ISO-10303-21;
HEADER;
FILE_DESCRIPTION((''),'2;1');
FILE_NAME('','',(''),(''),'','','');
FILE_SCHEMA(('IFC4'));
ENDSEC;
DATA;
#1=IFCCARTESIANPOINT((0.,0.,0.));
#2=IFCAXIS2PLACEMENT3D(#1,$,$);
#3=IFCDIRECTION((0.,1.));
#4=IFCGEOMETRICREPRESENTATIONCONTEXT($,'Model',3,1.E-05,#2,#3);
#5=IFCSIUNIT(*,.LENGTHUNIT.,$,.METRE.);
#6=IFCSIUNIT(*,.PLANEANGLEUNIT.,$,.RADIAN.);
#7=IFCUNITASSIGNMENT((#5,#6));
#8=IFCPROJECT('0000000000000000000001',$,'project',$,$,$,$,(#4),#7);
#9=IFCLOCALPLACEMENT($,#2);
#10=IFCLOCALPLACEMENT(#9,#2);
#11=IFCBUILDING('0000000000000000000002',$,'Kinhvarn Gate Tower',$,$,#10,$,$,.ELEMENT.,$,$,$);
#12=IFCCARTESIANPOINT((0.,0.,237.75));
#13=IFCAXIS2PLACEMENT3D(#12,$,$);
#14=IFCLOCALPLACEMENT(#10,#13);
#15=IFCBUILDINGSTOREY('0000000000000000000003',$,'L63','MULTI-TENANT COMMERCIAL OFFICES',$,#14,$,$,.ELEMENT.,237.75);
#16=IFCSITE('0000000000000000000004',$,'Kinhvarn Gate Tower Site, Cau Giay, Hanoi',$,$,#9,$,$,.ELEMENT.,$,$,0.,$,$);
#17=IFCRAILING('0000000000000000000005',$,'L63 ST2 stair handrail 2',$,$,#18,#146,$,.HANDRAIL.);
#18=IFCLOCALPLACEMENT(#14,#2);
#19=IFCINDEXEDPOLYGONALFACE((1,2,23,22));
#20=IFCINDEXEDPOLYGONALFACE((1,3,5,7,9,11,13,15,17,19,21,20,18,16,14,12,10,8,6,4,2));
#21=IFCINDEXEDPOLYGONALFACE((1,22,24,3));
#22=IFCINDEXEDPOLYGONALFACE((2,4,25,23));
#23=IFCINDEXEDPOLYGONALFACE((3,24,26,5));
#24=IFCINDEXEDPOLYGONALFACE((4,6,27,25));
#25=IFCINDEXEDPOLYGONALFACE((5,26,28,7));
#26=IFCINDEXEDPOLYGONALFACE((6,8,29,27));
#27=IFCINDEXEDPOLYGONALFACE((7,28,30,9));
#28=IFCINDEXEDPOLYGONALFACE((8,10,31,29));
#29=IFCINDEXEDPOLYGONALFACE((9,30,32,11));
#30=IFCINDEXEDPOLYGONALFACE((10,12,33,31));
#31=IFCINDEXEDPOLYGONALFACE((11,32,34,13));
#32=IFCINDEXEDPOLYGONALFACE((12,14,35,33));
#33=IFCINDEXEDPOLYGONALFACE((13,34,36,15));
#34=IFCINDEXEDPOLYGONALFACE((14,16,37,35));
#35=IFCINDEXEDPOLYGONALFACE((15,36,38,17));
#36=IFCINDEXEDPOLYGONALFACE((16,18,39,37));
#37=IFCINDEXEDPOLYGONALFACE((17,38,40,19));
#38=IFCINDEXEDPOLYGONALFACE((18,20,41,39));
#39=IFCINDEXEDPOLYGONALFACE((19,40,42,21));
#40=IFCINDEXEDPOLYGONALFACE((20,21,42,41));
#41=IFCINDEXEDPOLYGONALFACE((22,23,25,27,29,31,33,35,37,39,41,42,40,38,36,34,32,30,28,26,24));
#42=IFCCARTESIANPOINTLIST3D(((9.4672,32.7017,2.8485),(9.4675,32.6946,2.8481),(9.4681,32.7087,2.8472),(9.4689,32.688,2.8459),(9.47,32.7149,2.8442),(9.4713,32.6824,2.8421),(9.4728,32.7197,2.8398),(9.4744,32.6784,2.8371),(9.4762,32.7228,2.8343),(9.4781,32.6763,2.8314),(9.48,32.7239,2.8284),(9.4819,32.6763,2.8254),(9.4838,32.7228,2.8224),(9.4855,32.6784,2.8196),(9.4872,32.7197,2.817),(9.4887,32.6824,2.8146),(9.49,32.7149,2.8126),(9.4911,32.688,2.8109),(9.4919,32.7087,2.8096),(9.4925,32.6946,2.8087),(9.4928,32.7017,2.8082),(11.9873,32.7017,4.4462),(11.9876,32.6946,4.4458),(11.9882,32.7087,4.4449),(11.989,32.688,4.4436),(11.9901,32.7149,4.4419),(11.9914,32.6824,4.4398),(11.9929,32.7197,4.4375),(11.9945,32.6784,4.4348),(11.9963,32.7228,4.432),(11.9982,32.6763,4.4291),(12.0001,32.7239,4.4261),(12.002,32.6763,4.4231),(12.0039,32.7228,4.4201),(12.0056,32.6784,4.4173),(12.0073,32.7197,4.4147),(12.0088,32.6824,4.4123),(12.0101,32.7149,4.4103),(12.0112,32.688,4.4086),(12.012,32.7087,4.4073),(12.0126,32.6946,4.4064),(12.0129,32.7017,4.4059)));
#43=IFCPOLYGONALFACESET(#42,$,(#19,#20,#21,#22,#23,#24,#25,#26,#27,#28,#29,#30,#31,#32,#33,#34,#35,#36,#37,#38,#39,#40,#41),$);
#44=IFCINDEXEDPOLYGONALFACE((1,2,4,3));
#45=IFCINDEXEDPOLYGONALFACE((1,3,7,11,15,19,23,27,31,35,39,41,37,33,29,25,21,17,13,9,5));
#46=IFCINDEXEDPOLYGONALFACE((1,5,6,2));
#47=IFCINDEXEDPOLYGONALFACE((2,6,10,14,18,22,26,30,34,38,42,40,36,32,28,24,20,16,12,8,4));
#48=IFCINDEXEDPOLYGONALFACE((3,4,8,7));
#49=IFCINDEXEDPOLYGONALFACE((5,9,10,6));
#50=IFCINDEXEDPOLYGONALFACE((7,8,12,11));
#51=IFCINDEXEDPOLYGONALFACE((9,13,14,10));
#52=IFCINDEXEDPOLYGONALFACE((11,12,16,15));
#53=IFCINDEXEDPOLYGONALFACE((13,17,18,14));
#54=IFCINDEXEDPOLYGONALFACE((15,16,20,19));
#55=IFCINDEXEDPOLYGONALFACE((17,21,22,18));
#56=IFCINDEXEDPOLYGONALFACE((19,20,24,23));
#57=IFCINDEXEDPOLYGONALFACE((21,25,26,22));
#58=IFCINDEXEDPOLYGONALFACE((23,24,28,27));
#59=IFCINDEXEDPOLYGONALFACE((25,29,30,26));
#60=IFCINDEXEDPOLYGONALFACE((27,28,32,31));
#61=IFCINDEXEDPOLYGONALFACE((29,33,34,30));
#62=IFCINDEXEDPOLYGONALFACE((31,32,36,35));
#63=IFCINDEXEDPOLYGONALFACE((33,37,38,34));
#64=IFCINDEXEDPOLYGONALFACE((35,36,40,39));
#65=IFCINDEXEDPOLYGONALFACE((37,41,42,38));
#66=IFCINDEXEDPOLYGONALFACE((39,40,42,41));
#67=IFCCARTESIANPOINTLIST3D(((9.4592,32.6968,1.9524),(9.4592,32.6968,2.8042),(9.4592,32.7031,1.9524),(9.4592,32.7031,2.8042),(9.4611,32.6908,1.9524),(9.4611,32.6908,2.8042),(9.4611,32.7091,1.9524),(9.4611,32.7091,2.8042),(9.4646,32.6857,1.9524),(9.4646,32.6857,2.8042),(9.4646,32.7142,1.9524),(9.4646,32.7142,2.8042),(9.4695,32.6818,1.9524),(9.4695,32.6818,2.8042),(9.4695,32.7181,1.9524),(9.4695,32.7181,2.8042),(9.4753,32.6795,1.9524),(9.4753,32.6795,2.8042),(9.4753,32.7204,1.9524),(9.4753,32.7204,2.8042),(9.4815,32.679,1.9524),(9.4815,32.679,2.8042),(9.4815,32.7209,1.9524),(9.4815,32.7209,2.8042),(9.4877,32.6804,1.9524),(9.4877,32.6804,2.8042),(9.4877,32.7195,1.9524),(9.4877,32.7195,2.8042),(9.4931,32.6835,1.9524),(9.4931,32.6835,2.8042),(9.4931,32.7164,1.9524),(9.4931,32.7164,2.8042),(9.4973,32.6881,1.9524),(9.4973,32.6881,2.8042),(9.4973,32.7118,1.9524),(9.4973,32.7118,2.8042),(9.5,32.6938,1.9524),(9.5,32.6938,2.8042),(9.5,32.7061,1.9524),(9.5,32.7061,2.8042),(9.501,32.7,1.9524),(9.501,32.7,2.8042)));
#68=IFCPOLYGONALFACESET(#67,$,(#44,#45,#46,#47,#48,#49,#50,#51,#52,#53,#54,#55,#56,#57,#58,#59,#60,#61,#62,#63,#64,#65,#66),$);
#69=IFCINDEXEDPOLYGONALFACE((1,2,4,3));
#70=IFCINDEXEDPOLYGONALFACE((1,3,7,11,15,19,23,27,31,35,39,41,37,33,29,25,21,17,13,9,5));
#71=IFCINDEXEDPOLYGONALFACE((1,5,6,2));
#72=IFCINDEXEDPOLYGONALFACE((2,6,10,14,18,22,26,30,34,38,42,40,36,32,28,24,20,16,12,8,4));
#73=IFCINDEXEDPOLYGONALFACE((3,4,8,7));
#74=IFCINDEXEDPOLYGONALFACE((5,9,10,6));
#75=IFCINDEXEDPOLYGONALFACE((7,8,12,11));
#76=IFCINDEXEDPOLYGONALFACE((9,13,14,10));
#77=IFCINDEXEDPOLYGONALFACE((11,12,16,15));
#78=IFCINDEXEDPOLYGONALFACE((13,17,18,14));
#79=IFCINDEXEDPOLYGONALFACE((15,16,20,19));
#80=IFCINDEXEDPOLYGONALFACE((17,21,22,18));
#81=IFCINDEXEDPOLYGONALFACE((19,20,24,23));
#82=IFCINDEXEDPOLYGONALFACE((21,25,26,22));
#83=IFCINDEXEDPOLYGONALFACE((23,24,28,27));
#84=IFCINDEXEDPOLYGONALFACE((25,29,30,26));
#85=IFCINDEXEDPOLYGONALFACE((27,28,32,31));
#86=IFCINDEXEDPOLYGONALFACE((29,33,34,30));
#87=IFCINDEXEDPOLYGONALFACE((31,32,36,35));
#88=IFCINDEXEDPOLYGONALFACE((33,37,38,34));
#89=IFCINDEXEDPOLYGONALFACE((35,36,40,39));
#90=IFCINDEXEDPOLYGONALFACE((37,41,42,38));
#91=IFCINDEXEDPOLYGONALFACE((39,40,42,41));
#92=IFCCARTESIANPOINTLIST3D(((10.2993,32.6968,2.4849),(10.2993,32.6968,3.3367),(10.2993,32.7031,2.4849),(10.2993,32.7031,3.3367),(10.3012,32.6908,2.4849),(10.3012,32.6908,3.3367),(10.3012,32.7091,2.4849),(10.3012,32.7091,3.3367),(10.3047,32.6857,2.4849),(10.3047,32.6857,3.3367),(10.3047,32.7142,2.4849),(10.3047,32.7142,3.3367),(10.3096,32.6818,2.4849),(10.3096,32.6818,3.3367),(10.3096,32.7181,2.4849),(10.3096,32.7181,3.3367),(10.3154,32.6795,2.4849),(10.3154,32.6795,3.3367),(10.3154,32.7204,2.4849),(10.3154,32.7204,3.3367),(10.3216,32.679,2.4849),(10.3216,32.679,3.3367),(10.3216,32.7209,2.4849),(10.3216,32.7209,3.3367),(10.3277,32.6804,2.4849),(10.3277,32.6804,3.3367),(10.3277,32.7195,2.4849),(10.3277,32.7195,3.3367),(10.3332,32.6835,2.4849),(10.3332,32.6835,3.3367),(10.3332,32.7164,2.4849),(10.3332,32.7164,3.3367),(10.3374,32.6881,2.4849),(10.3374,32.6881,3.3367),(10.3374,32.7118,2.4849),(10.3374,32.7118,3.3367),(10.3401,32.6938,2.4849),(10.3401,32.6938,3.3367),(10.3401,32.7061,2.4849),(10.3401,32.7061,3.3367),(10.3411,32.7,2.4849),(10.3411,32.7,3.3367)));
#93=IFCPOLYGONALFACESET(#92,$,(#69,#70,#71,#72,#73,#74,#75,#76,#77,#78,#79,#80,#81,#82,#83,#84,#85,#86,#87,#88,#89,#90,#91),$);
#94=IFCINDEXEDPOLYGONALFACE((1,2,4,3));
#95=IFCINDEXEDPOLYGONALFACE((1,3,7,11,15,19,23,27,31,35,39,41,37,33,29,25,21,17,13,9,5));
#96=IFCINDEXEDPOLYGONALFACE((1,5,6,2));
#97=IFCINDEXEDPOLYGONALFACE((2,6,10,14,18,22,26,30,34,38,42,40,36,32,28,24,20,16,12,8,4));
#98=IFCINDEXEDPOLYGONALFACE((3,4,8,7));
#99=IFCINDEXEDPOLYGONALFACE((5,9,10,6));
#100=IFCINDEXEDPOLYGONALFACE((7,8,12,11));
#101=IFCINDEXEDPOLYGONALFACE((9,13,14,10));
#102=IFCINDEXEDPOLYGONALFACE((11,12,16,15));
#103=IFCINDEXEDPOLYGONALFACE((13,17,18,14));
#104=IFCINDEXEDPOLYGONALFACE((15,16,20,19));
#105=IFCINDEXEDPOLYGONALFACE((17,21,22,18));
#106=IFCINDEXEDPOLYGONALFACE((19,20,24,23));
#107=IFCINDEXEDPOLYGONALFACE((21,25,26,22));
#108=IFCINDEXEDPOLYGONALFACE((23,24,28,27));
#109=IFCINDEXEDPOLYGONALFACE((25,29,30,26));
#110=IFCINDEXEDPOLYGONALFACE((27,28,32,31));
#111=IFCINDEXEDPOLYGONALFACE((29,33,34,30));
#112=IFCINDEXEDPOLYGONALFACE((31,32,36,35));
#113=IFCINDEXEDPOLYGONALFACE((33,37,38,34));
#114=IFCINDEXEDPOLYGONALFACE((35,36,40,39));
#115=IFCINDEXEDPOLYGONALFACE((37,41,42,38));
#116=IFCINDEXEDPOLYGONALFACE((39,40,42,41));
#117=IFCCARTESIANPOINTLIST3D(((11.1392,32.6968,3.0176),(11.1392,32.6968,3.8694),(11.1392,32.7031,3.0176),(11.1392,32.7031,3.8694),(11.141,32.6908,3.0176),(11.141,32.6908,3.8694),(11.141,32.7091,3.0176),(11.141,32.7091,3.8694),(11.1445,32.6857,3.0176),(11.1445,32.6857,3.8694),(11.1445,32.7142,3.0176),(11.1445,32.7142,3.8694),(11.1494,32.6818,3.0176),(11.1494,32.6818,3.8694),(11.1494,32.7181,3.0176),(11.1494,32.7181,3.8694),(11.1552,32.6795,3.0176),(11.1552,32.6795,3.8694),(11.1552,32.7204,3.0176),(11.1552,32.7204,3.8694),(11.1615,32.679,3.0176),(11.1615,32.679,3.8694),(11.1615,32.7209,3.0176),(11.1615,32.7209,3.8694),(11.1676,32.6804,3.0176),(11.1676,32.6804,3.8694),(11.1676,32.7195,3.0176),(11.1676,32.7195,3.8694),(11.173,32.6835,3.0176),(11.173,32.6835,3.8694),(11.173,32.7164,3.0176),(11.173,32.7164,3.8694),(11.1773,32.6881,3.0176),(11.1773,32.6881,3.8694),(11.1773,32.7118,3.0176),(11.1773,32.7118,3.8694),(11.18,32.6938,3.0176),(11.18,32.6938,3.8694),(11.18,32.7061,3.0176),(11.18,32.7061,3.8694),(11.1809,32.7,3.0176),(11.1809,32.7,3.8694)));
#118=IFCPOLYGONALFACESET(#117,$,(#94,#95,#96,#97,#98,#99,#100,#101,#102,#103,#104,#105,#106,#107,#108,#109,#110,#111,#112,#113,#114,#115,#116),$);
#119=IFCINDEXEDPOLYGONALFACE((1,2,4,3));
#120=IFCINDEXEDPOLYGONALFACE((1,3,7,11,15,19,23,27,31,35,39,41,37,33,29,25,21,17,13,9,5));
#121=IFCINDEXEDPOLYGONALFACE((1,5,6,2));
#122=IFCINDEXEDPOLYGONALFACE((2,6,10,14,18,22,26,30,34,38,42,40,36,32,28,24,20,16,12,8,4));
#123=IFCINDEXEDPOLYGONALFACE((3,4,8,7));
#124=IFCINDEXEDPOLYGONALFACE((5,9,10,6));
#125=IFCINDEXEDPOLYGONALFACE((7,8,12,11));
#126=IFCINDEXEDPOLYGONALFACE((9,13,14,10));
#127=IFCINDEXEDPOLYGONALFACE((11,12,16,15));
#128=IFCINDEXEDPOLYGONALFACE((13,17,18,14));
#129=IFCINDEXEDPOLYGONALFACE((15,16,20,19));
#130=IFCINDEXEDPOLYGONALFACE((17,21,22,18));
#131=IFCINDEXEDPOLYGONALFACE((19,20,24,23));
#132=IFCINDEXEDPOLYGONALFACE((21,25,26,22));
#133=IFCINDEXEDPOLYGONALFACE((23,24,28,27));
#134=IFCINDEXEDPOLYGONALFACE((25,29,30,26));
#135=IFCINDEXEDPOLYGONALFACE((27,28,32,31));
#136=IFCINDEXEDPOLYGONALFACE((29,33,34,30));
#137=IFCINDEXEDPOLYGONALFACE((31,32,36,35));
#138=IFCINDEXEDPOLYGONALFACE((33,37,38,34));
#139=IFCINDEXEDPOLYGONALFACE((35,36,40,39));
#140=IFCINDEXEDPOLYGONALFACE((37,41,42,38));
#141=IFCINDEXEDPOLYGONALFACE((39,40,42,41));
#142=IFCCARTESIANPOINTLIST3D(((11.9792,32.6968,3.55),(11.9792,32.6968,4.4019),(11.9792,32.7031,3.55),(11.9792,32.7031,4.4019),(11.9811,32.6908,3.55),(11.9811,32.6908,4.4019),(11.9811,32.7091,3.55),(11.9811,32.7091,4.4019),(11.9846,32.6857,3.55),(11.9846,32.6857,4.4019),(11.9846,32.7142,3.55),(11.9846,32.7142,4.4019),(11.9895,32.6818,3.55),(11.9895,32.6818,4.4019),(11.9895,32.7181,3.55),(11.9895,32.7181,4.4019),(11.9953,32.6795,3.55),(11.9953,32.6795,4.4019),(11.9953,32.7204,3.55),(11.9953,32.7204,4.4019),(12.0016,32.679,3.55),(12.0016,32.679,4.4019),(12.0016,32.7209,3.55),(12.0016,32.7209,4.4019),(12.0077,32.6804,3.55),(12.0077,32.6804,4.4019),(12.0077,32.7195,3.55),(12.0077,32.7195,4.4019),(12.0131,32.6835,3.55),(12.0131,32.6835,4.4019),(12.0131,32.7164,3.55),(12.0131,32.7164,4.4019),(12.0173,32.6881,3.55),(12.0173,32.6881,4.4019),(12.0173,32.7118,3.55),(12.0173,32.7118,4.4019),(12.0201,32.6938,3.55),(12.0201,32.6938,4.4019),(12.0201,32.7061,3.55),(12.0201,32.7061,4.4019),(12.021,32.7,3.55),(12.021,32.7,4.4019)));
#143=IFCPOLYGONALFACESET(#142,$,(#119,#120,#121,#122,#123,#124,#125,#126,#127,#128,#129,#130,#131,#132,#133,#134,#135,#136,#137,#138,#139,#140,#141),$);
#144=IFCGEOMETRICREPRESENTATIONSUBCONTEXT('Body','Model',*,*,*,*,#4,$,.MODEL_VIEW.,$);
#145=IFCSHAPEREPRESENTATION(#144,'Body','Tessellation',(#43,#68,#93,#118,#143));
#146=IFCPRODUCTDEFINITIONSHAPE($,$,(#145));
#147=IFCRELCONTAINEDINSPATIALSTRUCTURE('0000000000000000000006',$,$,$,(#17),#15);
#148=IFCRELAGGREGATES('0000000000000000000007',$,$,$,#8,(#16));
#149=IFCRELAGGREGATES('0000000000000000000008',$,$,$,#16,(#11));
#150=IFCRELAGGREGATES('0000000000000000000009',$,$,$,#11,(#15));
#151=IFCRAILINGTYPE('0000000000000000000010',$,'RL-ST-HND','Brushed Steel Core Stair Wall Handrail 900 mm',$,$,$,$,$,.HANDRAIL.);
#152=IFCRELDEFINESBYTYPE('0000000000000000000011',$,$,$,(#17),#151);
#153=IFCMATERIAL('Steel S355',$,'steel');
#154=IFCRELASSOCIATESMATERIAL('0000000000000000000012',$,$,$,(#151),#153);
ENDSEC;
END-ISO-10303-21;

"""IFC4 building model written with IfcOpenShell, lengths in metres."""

from ifc_helpers import new_model, si_unit, direction, frame, origin, origin_2d, place, context, subcontext, project, spatial, circle, extrude, material, type_object, element, save


model = new_model("IFC4")

# Units and contexts
model_context = context("Model", 3, precision=1e-05, world=origin(), true_north=direction((0.0, 1.0)))
body_context = subcontext(model_context, "Body", "Model", "MODEL_VIEW")
ifc_project = project(units=[si_unit("LENGTHUNIT", "METRE"), si_unit("PLANEANGLEUNIT", "RADIAN")], contexts=[model_context])

# Site, building, storey
site_placement = place(None, origin())
site = spatial("IfcSite", under=ifc_project, at=site_placement, Name="Kinhvarn Gate Tower Site, Cau Giay, Hanoi", CompositionType="ELEMENT", RefElevation=0.0)
building_placement = place(site_placement, origin())
building = spatial("IfcBuilding", under=site, at=building_placement, Name="Kinhvarn Gate Tower", CompositionType="ELEMENT")
storey_placement = place(building_placement, frame((0.0, 0.0, 237.75)))
storey = spatial("IfcBuildingStorey", under=building, at=storey_placement, Name="L63", Description="MULTI-TENANT COMMERCIAL OFFICES", CompositionType="ELEMENT", Elevation=237.75)

# Railing
ifc_material_1 = material(Name="Steel S355", Category="steel")
railing_type_1 = type_object("IfcRailingType", Name="RL-ST-HND", Description="Brushed Steel Core Stair Wall Handrail 900 mm", PredefinedType="HANDRAIL", material=ifc_material_1)
railing_1_placement = place(storey_placement, frame((9.48, 32.7, 1.9524)))
element("IfcRailing", 1, at=railing_1_placement, inside=storey, type_object=railing_type_1, Name="L63 ST2 stair handrail 2", PredefinedType="HANDRAIL", context=body_context, shape_type="SweptSolid", body=[
    extrude(circle(Radius=0.0239, at=origin_2d()), frame((0.0, 0.0, 0.876), z_axis=(0.84457, 0.0, 0.535445), x_axis=(0.0, 1.0, 0.0)), (0.0, 0.0, 1.0), 2.9839),
    extrude(circle(Radius=0.021, at=origin_2d()), origin(), (0.0, 0.0, 1.0), 0.8518),
    extrude(circle(Radius=0.021, at=origin_2d()), frame((0.8401, 0.0, 0.5325)), (0.0, 0.0, 1.0), 0.8518),
    extrude(circle(Radius=0.021, at=origin_2d()), frame((1.6799, 0.0, 1.0652)), (0.0, 0.0, 1.0), 0.8518),
    extrude(circle(Radius=0.021, at=origin_2d()), frame((2.52, 0.0, 1.5977)), (0.0, 0.0, 1.0), 0.8518),
])

save(model, "model.ifc")
